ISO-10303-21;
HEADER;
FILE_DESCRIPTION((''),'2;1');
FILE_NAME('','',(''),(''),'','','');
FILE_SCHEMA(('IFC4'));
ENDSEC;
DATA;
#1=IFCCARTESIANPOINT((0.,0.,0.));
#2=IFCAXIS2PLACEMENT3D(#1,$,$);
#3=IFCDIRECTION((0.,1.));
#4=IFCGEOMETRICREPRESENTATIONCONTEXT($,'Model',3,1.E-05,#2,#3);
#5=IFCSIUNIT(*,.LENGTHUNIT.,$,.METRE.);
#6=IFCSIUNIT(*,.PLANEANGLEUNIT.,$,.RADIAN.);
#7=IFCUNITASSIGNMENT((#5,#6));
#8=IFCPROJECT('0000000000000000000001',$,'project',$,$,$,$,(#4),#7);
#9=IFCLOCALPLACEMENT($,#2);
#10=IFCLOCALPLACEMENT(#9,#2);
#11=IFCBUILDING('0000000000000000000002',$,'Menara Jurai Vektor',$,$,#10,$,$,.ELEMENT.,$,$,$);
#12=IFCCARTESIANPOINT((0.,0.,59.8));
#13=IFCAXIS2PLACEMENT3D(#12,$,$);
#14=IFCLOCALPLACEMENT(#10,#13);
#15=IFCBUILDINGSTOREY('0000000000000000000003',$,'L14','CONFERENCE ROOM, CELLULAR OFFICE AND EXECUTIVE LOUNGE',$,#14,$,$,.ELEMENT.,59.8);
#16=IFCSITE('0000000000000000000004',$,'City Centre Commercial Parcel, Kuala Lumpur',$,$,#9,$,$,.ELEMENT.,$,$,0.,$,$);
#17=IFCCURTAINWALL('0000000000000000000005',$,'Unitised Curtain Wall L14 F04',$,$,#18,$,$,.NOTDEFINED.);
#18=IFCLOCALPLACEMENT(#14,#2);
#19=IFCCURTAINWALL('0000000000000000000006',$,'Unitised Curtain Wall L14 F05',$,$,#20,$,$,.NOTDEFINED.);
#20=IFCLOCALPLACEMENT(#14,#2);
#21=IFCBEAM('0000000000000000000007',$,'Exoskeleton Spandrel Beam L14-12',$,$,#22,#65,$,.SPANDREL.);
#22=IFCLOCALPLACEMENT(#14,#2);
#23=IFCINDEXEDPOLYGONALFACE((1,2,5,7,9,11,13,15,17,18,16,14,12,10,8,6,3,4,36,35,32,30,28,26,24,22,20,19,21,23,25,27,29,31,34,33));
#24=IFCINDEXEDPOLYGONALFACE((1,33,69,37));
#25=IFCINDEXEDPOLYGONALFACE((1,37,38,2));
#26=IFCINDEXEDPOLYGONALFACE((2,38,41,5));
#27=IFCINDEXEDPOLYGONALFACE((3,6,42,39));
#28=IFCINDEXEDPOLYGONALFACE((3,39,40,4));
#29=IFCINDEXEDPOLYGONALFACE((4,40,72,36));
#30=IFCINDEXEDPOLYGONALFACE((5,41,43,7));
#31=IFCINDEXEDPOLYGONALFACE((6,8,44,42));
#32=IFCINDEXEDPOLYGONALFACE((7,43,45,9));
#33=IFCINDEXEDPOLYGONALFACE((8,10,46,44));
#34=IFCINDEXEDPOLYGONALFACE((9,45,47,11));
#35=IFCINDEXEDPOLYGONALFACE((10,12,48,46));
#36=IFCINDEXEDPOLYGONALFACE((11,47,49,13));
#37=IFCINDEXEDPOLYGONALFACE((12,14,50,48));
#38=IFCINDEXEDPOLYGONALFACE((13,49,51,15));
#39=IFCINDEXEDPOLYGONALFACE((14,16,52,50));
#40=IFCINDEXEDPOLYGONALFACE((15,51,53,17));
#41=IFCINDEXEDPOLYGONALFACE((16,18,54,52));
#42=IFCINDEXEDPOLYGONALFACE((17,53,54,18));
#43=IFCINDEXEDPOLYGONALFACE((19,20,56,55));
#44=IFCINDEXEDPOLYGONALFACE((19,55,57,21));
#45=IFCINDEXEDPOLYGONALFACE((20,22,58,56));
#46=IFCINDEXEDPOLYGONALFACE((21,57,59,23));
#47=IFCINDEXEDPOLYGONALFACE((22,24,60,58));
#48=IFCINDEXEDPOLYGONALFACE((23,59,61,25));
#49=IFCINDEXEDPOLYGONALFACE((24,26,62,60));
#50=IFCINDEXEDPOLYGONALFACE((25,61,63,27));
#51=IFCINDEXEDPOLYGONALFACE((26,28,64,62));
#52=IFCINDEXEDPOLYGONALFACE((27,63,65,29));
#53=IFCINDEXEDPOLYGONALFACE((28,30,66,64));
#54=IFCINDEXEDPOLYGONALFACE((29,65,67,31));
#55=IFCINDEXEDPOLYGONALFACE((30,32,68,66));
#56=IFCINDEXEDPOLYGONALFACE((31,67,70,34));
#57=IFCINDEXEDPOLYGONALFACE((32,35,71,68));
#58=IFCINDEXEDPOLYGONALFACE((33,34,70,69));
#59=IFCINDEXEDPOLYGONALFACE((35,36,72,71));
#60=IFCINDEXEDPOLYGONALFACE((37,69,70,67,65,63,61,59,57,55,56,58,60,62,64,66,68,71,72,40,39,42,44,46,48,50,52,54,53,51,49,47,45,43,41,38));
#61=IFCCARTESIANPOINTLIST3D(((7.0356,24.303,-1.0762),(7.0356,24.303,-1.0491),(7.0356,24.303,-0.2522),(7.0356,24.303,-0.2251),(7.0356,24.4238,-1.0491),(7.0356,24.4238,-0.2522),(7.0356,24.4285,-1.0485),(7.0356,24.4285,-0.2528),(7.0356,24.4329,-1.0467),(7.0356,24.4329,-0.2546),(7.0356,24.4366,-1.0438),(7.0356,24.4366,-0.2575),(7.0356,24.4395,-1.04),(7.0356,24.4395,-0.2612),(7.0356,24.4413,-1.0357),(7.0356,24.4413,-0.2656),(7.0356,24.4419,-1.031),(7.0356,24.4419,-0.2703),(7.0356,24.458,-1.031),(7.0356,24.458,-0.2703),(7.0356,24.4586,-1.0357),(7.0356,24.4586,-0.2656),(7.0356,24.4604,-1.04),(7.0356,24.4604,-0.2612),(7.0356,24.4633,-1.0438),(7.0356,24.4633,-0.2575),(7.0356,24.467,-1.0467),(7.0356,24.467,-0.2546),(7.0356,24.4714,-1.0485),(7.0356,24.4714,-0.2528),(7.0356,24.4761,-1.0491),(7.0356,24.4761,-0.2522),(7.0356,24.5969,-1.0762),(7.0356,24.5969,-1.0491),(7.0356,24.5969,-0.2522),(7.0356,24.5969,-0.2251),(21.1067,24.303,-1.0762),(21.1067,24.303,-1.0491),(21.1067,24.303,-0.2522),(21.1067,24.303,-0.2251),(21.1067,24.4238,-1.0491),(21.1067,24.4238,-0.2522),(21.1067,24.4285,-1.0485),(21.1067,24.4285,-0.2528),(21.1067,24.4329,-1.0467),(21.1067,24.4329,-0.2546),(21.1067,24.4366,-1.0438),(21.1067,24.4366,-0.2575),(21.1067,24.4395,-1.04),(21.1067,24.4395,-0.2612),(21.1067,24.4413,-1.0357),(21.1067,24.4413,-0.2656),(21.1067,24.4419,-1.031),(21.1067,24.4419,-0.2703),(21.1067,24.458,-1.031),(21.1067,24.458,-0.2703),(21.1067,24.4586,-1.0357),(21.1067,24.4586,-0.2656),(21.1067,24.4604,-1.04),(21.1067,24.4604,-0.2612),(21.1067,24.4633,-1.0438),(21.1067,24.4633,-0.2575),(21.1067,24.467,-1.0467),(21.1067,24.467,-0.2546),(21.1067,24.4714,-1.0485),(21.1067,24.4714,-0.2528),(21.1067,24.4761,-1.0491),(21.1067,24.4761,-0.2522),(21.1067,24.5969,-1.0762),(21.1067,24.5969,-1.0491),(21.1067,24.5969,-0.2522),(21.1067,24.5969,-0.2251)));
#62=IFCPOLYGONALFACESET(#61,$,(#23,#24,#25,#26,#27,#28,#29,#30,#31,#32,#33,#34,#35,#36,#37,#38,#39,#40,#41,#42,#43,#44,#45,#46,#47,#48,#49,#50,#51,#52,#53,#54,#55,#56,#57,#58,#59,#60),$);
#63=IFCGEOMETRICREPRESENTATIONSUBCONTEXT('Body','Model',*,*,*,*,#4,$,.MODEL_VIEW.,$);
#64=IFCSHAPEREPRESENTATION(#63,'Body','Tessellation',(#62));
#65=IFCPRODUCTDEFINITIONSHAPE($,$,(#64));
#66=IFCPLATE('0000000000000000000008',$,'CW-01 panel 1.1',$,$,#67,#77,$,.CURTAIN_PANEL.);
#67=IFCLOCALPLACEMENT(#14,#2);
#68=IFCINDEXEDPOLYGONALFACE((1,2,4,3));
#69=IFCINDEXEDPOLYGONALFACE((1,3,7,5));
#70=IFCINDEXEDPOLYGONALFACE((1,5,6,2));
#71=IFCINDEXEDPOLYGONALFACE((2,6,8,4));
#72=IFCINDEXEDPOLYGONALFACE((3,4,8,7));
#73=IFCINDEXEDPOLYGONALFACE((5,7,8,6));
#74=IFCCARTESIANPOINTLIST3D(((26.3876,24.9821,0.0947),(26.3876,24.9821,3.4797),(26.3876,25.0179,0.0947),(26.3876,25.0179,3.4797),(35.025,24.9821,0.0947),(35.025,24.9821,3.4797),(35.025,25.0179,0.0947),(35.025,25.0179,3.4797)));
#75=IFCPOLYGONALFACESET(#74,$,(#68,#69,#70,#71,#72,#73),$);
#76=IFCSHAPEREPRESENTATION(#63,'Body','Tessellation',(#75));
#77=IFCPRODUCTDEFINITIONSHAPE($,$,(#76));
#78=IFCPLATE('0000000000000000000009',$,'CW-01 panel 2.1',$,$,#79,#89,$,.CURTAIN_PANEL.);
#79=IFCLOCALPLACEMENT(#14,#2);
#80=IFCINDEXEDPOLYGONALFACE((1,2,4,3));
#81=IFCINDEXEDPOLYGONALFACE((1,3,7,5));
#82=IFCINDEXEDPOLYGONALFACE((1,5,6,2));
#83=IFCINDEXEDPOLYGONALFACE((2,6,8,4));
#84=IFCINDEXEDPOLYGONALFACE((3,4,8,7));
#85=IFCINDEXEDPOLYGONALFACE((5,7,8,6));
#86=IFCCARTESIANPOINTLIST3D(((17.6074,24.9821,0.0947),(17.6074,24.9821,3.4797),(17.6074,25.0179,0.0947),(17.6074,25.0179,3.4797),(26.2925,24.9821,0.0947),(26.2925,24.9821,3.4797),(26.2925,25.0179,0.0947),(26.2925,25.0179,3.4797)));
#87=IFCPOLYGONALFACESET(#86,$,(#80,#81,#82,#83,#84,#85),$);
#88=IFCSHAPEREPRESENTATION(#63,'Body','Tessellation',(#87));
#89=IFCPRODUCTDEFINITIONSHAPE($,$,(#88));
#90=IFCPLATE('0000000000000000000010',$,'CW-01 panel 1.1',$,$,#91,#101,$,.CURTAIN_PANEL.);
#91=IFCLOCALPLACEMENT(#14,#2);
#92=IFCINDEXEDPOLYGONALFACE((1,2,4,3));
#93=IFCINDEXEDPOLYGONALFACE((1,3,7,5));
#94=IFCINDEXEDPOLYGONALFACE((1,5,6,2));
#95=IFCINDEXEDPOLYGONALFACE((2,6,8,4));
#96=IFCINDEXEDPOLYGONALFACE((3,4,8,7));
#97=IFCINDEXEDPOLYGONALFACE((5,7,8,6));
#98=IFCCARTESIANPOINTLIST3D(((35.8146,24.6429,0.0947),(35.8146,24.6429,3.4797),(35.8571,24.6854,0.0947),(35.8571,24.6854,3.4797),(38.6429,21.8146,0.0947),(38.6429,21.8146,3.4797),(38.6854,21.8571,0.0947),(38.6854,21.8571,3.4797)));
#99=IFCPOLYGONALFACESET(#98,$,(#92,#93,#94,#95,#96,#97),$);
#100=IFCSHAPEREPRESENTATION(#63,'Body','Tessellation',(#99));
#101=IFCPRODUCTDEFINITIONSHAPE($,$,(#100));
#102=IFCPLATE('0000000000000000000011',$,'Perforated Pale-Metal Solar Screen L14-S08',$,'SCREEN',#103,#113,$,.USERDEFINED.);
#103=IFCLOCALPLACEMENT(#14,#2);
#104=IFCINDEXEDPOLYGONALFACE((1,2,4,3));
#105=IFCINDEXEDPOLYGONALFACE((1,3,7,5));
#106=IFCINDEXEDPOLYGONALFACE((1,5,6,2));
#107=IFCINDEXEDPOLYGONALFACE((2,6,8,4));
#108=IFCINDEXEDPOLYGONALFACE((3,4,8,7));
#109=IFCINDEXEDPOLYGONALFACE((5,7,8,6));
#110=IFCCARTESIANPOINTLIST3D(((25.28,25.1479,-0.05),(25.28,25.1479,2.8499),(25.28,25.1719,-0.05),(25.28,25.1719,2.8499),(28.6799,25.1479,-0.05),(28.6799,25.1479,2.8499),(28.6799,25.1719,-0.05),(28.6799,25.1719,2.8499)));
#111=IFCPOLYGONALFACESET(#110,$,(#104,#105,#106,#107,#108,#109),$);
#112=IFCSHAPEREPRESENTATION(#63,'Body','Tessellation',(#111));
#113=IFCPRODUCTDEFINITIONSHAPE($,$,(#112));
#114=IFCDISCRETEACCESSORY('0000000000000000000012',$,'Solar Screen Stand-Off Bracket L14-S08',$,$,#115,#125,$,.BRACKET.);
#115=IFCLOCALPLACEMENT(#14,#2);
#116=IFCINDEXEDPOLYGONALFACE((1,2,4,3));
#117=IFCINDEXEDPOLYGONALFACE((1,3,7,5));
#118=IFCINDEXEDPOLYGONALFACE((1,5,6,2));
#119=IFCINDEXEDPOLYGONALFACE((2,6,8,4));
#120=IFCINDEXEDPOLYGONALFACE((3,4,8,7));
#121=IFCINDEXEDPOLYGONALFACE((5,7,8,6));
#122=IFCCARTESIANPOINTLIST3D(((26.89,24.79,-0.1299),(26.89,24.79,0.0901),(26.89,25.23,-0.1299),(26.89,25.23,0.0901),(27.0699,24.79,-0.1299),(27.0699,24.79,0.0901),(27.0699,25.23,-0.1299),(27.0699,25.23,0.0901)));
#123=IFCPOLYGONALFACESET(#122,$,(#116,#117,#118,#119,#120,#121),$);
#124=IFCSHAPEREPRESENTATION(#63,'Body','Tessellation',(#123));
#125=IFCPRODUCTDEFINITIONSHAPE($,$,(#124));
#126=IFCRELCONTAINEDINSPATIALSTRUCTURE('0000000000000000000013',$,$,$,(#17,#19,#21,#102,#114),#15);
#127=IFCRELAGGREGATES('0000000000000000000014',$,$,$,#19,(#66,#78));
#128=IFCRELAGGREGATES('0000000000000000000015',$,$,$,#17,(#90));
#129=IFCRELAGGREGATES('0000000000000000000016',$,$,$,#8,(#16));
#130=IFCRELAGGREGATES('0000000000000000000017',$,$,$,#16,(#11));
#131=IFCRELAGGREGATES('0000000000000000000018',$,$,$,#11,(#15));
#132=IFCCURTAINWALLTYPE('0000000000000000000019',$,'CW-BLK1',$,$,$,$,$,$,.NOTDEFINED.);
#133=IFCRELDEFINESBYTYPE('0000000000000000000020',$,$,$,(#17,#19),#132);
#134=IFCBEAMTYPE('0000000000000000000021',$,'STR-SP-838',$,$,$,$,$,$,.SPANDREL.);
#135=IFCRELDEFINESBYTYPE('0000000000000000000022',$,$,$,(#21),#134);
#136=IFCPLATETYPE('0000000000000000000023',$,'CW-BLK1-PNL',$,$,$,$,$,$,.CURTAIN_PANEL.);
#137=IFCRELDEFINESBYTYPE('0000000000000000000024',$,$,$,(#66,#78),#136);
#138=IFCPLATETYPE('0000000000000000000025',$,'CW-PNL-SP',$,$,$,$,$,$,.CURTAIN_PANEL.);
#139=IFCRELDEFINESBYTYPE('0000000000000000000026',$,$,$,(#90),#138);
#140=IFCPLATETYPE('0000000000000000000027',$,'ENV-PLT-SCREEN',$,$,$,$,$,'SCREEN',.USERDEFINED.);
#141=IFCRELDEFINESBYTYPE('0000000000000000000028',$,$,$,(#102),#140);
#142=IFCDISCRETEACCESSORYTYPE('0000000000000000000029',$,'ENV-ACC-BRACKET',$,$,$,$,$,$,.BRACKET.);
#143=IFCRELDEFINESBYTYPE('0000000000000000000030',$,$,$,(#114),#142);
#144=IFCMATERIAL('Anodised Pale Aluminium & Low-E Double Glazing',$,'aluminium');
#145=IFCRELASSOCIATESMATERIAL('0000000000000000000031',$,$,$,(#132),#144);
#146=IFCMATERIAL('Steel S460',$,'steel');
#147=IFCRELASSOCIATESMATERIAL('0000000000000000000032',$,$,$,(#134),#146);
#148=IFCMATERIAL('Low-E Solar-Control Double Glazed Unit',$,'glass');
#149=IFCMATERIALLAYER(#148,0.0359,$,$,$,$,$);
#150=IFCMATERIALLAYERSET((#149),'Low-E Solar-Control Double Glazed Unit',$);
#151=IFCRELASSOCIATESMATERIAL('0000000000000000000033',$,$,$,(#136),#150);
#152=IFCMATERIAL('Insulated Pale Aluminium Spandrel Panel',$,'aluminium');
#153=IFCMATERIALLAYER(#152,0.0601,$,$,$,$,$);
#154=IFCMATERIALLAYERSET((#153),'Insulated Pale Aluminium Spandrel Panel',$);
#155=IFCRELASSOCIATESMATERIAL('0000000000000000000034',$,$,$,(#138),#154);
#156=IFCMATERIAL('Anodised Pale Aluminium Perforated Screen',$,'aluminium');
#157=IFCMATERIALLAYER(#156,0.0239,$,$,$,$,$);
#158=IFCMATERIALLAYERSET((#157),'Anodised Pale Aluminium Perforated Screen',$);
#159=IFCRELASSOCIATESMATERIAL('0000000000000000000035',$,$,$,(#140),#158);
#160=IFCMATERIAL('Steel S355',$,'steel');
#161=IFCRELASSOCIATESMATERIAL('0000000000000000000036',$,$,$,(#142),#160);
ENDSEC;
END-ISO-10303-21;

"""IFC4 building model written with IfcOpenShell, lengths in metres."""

from ifc_helpers import new_model, si_unit, direction, frame, origin, origin_2d, place, context, subcontext, project, spatial, rectangle, i_section, extrude, material, layer, layer_set, material_profile, profile_set, type_object, element, aggregate, save


model = new_model("IFC4")

# Units and contexts
model_context = context("Model", 3, precision=1e-05, world=origin(), true_north=direction((0.0, 1.0)))
body_context = subcontext(model_context, "Body", "Model", "MODEL_VIEW")
ifc_project = project(units=[si_unit("LENGTHUNIT", "METRE"), si_unit("PLANEANGLEUNIT", "RADIAN")], contexts=[model_context])

# Site, building, storey
site_placement = place(None, origin())
site = spatial("IfcSite", under=ifc_project, at=site_placement, Name="City Centre Commercial Parcel, Kuala Lumpur", CompositionType="ELEMENT", RefElevation=0.0)
building_placement = place(site_placement, origin())
building = spatial("IfcBuilding", under=site, at=building_placement, Name="Menara Jurai Vektor", CompositionType="ELEMENT")
storey_placement = place(building_placement, frame((0.0, 0.0, 59.8)))
storey = spatial("IfcBuildingStorey", under=building, at=storey_placement, Name="L14", Description="CONFERENCE ROOM, CELLULAR OFFICE AND EXECUTIVE LOUNGE", CompositionType="ELEMENT", Elevation=59.8)

# Shared definitions
ifc_material_1 = material(Name="Steel S460", Category="steel")

# Curtain walls
ifc_material_2 = material(Name="Anodised Pale Aluminium & Low-E Double Glazing", Category="aluminium")
curtain_wall_type = type_object("IfcCurtainWallType", Name="CW-BLK1", PredefinedType="NOTDEFINED", material=ifc_material_2)
curtain_wall_1_placement = place(storey_placement, origin())
curtain_wall_1 = element("IfcCurtainWall", 1, at=curtain_wall_1_placement, inside=storey, type_object=curtain_wall_type, Name="Unitised Curtain Wall L14 F04", PredefinedType="NOTDEFINED")
curtain_wall_2_placement = place(storey_placement, origin())
curtain_wall_2 = element("IfcCurtainWall", 2, at=curtain_wall_2_placement, inside=storey, type_object=curtain_wall_type, Name="Unitised Curtain Wall L14 F05", PredefinedType="NOTDEFINED")

# Beam
ifc_material_3 = material(Name="Steel S355", Category="steel")
ifc_material_profile_1 = material_profile(ifc_material_1, i_section(OverallWidth=0.2939, OverallDepth=0.8511, WebThickness=0.0161, FlangeThickness=0.0271, FilletRadius=0.0181, at=origin_2d()), Name="UKB 838x292x226")
ifc_profile_set_1 = profile_set([ifc_material_profile_1], Name="Steel S460")
beam_type_1 = type_object("IfcBeamType", Name="STR-SP-838", PredefinedType="SPANDREL", material=ifc_profile_set_1)
for number, where, z_axis, x_axis, name in (
    (3, (21.1067, 24.45, -0.6506), (-1.0, 0.0, 0.0), (0.0, -1.0, 0.0), "Exoskeleton Spandrel Beam L14-12"),
):
    element("IfcBeam", number, at=place(storey_placement, frame(where, z_axis=z_axis, x_axis=x_axis)), inside=storey, type_object=beam_type_1, Name=name, PredefinedType="SPANDREL", context=body_context, shape_type="SweptSolid", body=[
        extrude(i_section(OverallWidth=0.2939, OverallDepth=0.8511, WebThickness=0.0161, FlangeThickness=0.0271, FilletRadius=0.0181, at=origin_2d()), origin(), (0.0, 0.0, 1.0), 14.071),
    ])

# Plates
ifc_material_4 = material(Name="Low-E Solar-Control Double Glazed Unit", Category="glass")
ifc_layer_1 = layer(ifc_material_4, 0.0359)
ifc_layer_set_1 = layer_set([ifc_layer_1], Name="Low-E Solar-Control Double Glazed Unit")
plate_type_1 = type_object("IfcPlateType", Name="CW-BLK1-PNL", PredefinedType="CURTAIN_PANEL", material=ifc_layer_set_1)
plate_1_placement = place(storey_placement, frame((30.7063, 25.0, 0.0947), z_axis=(0.0, 0.0, 1.0), x_axis=(-1.0, 0.0, 0.0)))
plate_1 = element("IfcPlate", 4, at=plate_1_placement, type_object=plate_type_1, Name="CW-01 panel 1.1", PredefinedType="CURTAIN_PANEL", context=body_context, shape_type="SweptSolid", body=[
    extrude(rectangle(XDim=8.6375, YDim=0.0359, at=origin_2d()), origin(), (0.0, 0.0, 1.0), 3.385),
])
plate_2_placement = place(storey_placement, frame((21.95, 25.0, 0.0947), z_axis=(0.0, 0.0, 1.0), x_axis=(-1.0, 0.0, 0.0)))
plate_2 = element("IfcPlate", 5, at=plate_2_placement, type_object=plate_type_1, Name="CW-01 panel 2.1", PredefinedType="CURTAIN_PANEL", context=body_context, shape_type="SweptSolid", body=[
    extrude(rectangle(XDim=8.6851, YDim=0.0359, at=origin_2d()), origin(), (0.0, 0.0, 1.0), 3.385),
])
aggregate(curtain_wall_2, [plate_1, plate_2])
ifc_material_5 = material(Name="Insulated Pale Aluminium Spandrel Panel", Category="aluminium")
ifc_layer_2 = layer(ifc_material_5, 0.0601)
ifc_layer_set_2 = layer_set([ifc_layer_2], Name="Insulated Pale Aluminium Spandrel Panel")
plate_type_2 = type_object("IfcPlateType", Name="CW-PNL-SP", PredefinedType="CURTAIN_PANEL", material=ifc_layer_set_2)
plate_3_placement = place(storey_placement, frame((37.25, 23.25, 0.0947), z_axis=(0.0, 0.0, 1.0), x_axis=(-0.707107, 0.707107, 0.0)))
plate_3 = element("IfcPlate", 6, at=plate_3_placement, type_object=plate_type_2, Name="CW-01 panel 1.1", PredefinedType="CURTAIN_PANEL", context=body_context, shape_type="SweptSolid", body=[
    extrude(rectangle(XDim=3.9998, YDim=0.0601, at=origin_2d()), origin(), (0.0, 0.0, 1.0), 3.385),
])
aggregate(curtain_wall_1, [plate_3])
ifc_material_6 = material(Name="Anodised Pale Aluminium Perforated Screen", Category="aluminium")
ifc_layer_3 = layer(ifc_material_6, 0.0239)
ifc_layer_set_3 = layer_set([ifc_layer_3], Name="Anodised Pale Aluminium Perforated Screen")
plate_type_3 = type_object("IfcPlateType", Name="ENV-PLT-SCREEN", ElementType="SCREEN", PredefinedType="USERDEFINED", material=ifc_layer_set_3)
plate_4_placement = place(storey_placement, frame((26.98, 25.1599, -0.05), z_axis=(0.0, 0.0, 1.0), x_axis=(-1.0, 0.0, 0.0)))
element("IfcPlate", 7, at=plate_4_placement, inside=storey, type_object=plate_type_3, Name="Perforated Pale-Metal Solar Screen L14-S08", ObjectType="SCREEN", PredefinedType="USERDEFINED", context=body_context, shape_type="SweptSolid", body=[
    extrude(rectangle(XDim=3.3999, YDim=0.0239, at=origin_2d()), origin(), (0.0, 0.0, 1.0), 2.8999),
])

# Discrete accessory
discrete_accessory_type = type_object("IfcDiscreteAccessoryType", Name="ENV-ACC-BRACKET", PredefinedType="BRACKET", material=ifc_material_3)
discrete_accessory_placement = place(storey_placement, frame((26.98, 25.01, -0.1299), z_axis=(0.0, 0.0, 1.0), x_axis=(-1.0, 0.0, 0.0)))
element("IfcDiscreteAccessory", 8, at=discrete_accessory_placement, inside=storey, type_object=discrete_accessory_type, Name="Solar Screen Stand-Off Bracket L14-S08", PredefinedType="BRACKET", context=body_context, shape_type="SweptSolid", body=[
    extrude(rectangle(XDim=0.1799, YDim=0.4399, at=origin_2d()), origin(), (0.0, 0.0, 1.0), 0.22),
])

save(model, "model.ifc")
